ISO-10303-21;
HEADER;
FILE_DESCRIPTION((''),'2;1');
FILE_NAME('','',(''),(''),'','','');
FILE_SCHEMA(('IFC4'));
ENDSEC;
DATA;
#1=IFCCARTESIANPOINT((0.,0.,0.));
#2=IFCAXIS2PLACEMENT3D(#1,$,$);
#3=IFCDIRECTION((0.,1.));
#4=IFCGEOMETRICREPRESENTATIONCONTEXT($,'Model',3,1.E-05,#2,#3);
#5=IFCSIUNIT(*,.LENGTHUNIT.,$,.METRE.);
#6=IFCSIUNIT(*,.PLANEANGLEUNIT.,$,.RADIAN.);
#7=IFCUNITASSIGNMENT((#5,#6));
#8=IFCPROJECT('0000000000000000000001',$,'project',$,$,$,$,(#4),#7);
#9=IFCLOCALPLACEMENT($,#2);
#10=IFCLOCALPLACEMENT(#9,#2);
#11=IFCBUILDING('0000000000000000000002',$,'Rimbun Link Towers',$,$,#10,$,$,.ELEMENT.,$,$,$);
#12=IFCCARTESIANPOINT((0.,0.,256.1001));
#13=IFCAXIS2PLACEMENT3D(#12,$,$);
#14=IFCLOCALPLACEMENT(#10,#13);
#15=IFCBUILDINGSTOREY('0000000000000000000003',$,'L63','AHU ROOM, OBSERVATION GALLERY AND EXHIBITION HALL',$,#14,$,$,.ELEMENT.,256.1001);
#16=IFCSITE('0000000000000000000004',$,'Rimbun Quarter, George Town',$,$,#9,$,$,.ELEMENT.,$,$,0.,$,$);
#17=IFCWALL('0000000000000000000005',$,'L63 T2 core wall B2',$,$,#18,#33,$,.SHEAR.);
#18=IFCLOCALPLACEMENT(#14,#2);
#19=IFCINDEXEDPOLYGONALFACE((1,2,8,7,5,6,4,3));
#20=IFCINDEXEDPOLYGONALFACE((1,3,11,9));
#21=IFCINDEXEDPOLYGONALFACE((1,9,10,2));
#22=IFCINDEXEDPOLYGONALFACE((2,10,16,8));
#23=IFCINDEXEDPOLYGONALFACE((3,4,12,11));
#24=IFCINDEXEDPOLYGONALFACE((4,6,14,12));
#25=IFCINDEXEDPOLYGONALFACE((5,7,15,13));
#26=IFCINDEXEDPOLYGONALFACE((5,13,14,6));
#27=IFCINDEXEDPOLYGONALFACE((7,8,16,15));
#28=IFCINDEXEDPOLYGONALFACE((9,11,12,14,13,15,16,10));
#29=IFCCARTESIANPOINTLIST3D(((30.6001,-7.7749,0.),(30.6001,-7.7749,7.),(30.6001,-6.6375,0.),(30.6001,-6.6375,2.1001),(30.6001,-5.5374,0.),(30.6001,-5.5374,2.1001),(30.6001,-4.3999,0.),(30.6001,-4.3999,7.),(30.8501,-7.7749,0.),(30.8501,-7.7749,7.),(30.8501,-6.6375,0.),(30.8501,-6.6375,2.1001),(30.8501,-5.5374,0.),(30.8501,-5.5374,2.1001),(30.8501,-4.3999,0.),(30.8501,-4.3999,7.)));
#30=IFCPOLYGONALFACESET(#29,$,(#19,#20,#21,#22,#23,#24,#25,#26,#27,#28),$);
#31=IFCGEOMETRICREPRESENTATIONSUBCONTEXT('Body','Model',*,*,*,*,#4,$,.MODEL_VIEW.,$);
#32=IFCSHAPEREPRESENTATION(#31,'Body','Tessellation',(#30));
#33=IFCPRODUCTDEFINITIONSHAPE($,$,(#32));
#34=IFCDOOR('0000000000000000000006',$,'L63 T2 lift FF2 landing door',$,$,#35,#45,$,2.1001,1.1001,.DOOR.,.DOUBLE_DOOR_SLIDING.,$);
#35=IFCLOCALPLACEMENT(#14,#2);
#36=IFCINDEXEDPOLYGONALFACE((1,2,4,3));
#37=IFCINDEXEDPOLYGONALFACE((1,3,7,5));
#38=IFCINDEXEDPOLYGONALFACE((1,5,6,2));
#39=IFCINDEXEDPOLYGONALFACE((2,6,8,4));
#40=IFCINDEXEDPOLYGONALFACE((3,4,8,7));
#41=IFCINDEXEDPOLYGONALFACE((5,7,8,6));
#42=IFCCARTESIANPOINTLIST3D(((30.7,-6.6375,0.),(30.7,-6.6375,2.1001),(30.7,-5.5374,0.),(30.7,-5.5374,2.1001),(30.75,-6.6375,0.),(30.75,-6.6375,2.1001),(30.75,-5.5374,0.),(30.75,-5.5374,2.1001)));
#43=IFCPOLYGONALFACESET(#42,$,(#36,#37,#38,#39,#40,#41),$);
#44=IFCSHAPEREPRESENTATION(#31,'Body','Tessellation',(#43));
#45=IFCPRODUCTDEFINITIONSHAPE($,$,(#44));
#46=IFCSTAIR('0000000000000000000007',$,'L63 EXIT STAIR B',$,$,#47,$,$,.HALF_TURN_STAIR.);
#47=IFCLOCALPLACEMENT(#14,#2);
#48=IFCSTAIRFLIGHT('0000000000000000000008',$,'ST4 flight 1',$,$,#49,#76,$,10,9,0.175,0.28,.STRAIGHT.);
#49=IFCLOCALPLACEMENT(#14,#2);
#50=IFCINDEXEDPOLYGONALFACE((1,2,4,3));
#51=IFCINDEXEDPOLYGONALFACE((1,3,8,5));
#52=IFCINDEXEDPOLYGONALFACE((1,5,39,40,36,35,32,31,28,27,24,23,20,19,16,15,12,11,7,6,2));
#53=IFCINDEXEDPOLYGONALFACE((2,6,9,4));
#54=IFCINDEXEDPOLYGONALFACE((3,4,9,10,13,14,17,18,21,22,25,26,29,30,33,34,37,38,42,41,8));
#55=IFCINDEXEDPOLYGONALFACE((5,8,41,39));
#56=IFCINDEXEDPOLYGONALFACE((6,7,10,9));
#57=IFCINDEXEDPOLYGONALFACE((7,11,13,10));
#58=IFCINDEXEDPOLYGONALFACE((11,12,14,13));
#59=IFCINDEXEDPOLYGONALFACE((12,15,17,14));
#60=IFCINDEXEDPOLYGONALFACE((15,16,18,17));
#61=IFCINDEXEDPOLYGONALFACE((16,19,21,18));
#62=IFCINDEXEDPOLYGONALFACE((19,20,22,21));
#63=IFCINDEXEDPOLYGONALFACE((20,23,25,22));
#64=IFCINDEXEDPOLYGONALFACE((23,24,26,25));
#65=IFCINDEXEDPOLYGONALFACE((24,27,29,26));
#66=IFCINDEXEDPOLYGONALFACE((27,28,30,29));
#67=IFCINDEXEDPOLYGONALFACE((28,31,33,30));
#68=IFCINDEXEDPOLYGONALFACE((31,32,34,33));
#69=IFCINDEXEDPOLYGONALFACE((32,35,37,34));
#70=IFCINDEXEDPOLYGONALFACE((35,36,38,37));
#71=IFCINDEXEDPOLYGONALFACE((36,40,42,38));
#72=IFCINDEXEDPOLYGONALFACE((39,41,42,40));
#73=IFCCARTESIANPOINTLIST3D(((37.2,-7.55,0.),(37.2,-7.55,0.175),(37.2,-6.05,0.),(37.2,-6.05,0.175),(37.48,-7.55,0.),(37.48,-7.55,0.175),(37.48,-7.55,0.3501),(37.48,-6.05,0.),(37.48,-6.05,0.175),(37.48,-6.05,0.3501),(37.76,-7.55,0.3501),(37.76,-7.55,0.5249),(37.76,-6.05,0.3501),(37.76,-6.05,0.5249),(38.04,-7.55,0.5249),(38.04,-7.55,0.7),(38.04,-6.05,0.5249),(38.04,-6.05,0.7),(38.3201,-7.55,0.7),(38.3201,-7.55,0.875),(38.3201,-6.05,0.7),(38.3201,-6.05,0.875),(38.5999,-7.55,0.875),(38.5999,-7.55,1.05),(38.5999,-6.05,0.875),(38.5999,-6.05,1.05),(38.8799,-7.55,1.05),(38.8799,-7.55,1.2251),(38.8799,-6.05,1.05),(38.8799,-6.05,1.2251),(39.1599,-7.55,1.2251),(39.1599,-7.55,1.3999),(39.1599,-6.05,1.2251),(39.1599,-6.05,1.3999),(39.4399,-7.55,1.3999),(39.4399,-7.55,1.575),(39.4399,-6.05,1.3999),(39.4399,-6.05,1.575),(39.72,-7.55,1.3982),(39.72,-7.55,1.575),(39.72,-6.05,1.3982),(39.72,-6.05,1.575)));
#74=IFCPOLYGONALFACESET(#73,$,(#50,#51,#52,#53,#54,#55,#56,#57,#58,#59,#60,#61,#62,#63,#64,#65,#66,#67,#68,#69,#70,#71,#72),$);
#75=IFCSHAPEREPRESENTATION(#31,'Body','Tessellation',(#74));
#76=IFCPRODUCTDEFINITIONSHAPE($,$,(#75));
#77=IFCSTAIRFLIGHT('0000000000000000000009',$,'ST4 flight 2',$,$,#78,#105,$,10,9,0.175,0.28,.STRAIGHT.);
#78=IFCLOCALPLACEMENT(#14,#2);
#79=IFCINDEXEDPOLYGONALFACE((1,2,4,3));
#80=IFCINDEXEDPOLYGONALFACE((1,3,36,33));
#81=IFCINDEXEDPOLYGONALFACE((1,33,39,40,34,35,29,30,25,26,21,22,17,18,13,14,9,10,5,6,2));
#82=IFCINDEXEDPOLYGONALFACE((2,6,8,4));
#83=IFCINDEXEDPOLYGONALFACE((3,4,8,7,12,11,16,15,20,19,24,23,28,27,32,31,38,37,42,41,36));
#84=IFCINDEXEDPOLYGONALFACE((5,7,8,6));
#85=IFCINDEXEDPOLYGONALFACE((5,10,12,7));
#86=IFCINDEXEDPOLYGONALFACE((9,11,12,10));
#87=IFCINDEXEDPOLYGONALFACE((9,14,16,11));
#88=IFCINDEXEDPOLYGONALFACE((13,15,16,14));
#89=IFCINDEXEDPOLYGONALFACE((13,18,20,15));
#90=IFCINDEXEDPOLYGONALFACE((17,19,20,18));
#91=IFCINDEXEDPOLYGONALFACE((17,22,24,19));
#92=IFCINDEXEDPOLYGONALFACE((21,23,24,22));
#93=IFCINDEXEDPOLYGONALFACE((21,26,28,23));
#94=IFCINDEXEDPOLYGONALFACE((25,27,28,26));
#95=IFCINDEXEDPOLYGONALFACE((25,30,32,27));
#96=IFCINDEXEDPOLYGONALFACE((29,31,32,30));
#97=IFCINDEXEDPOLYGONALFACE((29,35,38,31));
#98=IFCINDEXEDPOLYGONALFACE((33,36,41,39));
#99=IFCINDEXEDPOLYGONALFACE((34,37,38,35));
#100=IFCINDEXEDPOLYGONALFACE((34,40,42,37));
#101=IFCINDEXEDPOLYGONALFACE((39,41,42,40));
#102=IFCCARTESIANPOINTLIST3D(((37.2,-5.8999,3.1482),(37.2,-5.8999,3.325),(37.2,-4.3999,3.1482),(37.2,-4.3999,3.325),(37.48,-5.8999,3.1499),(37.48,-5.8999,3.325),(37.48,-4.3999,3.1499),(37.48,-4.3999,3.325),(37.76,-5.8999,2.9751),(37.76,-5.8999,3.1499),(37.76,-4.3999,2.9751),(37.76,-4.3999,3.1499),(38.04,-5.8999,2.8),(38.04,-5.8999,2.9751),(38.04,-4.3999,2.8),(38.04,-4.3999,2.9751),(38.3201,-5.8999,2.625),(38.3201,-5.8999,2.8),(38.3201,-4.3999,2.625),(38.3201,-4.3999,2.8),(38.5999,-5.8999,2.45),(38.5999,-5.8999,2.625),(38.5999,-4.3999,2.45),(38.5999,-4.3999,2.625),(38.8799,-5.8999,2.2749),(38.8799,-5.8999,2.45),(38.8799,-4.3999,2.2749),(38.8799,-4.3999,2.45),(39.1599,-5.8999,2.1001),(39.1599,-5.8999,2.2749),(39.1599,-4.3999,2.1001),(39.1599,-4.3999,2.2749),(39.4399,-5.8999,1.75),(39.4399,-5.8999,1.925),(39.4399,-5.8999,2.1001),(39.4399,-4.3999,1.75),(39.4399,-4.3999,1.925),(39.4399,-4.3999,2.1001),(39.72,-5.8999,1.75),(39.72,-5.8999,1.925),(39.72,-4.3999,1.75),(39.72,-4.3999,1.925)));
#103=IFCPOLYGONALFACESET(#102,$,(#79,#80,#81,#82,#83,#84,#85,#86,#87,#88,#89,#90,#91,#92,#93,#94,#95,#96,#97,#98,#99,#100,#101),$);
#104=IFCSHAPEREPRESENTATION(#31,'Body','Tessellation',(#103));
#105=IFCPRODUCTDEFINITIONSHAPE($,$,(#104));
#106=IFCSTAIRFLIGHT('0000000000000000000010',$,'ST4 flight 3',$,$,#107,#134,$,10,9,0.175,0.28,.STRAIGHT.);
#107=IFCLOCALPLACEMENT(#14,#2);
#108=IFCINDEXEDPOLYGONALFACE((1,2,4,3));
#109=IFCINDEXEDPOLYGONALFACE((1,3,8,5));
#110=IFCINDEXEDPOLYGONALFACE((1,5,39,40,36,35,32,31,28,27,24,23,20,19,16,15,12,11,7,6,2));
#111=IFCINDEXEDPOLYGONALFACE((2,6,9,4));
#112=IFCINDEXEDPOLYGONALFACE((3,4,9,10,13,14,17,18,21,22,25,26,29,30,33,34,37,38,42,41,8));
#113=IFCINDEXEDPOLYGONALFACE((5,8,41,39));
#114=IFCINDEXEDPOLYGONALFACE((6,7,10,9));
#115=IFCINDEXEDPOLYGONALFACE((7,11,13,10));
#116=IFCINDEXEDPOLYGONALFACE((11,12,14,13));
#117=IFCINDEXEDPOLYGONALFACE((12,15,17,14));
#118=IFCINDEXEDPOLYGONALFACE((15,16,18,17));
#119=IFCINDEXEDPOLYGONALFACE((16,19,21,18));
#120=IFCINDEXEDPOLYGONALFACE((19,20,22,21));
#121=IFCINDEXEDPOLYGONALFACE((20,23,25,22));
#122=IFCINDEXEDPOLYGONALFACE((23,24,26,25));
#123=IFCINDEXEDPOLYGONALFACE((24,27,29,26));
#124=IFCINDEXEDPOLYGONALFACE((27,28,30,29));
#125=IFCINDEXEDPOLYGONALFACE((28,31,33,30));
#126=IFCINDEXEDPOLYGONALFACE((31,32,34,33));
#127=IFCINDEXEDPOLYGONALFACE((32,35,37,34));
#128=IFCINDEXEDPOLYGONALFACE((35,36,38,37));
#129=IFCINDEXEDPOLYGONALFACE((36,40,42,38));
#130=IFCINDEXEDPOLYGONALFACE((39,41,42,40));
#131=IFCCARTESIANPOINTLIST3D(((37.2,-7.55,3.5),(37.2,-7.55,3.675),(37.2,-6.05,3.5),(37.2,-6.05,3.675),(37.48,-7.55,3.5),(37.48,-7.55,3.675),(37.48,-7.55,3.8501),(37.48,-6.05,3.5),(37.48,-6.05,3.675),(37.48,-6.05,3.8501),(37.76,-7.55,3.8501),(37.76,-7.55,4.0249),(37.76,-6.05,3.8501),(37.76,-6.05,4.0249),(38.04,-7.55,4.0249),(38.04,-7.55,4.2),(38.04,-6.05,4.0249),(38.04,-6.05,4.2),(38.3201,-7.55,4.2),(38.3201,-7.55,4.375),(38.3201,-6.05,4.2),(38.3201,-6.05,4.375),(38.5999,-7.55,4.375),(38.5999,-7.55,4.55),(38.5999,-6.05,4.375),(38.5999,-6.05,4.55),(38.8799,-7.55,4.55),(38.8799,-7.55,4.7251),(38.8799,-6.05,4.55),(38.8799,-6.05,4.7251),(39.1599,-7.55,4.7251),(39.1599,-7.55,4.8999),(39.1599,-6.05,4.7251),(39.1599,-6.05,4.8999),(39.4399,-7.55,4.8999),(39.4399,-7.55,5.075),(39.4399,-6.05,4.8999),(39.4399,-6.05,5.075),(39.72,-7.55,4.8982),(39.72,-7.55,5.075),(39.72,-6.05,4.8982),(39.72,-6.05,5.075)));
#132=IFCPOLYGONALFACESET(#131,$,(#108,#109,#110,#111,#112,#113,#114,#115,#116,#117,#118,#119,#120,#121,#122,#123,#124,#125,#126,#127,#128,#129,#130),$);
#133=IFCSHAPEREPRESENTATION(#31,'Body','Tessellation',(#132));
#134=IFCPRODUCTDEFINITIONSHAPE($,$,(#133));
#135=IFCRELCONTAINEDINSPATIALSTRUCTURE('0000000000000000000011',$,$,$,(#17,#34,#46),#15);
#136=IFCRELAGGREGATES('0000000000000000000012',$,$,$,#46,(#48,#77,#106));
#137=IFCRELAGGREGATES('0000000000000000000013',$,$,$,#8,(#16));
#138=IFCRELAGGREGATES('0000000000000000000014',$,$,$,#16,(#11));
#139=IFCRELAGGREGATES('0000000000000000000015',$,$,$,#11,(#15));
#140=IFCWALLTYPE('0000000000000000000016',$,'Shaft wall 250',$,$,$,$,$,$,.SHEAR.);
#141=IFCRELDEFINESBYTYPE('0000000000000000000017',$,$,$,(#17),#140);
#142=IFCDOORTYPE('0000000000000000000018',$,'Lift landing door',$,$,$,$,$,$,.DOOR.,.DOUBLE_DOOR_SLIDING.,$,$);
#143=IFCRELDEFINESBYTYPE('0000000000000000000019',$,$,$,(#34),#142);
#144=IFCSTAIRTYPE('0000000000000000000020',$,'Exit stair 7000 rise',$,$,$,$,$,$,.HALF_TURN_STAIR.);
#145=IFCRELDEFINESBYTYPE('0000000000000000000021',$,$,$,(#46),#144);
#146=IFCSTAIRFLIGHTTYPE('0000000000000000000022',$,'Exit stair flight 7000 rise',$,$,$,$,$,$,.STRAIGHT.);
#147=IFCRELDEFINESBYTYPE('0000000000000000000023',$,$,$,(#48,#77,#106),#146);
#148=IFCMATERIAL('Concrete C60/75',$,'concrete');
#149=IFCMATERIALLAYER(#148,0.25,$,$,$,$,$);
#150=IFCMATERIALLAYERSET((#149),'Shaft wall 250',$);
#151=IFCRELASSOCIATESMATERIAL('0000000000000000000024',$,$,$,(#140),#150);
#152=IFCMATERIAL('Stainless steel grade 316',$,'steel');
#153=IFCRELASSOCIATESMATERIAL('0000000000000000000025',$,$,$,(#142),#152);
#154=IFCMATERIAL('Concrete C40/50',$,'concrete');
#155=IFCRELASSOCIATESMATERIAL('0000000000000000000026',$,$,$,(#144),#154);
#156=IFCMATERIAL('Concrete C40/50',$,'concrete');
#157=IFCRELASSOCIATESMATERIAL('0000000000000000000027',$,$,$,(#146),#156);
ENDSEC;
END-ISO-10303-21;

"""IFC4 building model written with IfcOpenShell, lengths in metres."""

from ifc_helpers import new_model, si_unit, direction, frame, frame_2d, origin, place, context, subcontext, project, spatial, polyline, rectangle, outline, extrude, material, layer, layer_set, type_object, element, fill, aggregate, save


model = new_model("IFC4")

# Units and contexts
model_context = context("Model", 3, precision=1e-05, world=origin(), true_north=direction((0.0, 1.0)))
body_context = subcontext(model_context, "Body", "Model", "MODEL_VIEW")
ifc_project = project(units=[si_unit("LENGTHUNIT", "METRE"), si_unit("PLANEANGLEUNIT", "RADIAN")], contexts=[model_context])

# Site, building, storey
site_placement = place(None, origin())
site = spatial("IfcSite", under=ifc_project, at=site_placement, Name="Rimbun Quarter, George Town", CompositionType="ELEMENT", RefElevation=0.0)
building_placement = place(site_placement, origin())
building = spatial("IfcBuilding", under=site, at=building_placement, Name="Rimbun Link Towers", CompositionType="ELEMENT")
storey_placement = place(building_placement, frame((0.0, 0.0, 256.1001)))
storey = spatial("IfcBuildingStorey", under=building, at=storey_placement, Name="L63", Description="AHU ROOM, OBSERVATION GALLERY AND EXHIBITION HALL", CompositionType="ELEMENT", Elevation=256.1001)

# Wall, opening, door
ifc_material_1 = material(Name="Concrete C60/75", Category="concrete")
ifc_layer = layer(ifc_material_1, 0.25)
ifc_layer_set = layer_set([ifc_layer], Name="Shaft wall 250")
wall_type = type_object("IfcWallType", Name="Shaft wall 250", PredefinedType="SHEAR", material=ifc_layer_set)
wall_1_placement = place(storey_placement, frame((30.7251, -4.3999, 0.0), z_axis=(0.0, 0.0, 1.0), x_axis=(0.0, -1.0, 0.0)))
wall_1 = element("IfcWall", 1, at=wall_1_placement, inside=storey, type_object=wall_type, Name="L63 T2 core wall B2", PredefinedType="SHEAR", context=body_context, shape_type="SweptSolid", body=[
    extrude(rectangle(XDim=3.375, YDim=0.25, at=frame_2d((1.6875, 0.0))), origin(), (0.0, 0.0, 1.0), 7.0),
])
opening_1_placement = place(wall_1_placement, frame((1.1375, 0.0, 0.0)))
opening_1 = element("IfcOpeningElement", 2, at=opening_1_placement, cuts=wall_1, PredefinedType="OPENING", context=body_context, shape_type="SweptSolid", body=[
    extrude(rectangle(XDim=1.1001, YDim=2.1001, at=frame_2d((0.55, 1.05))), frame((0.0, 0.135, 0.0), z_axis=(0.0, -1.0, 0.0), x_axis=(1.0, 0.0, 0.0)), (0.0, 0.0, 1.0), 0.27),
])
ifc_material_2 = material(Name="Stainless steel grade 316", Category="steel")
door_type_1 = type_object("IfcDoorType", Name="Lift landing door", OperationType="DOUBLE_DOOR_SLIDING", PredefinedType="DOOR", material=ifc_material_2)
door_1_placement = place(opening_1_placement, origin())
door_1 = element("IfcDoor", 3, at=door_1_placement, inside=storey, type_object=door_type_1, Name="L63 T2 lift FF2 landing door", OperationType="DOUBLE_DOOR_SLIDING", OverallHeight=2.1001, OverallWidth=1.1001, PredefinedType="DOOR", context=body_context, shape_type="SweptSolid", body=[
    extrude(rectangle(XDim=1.1001, YDim=2.1001, at=frame_2d((0.55, 1.05))), frame((0.0, 0.0249, 0.0), z_axis=(0.0, -1.0, 0.0), x_axis=(1.0, 0.0, 0.0)), (0.0, 0.0, 1.0), 0.05),
])
fill(opening_1, door_1)

# Stair, stair flights
ifc_material_3 = material(Name="Concrete C40/50", Category="concrete")
stair_type = type_object("IfcStairType", Name="Exit stair 7000 rise", PredefinedType="HALF_TURN_STAIR", material=ifc_material_3)
stair_placement = place(storey_placement, origin())
stair = element("IfcStair", 4, at=stair_placement, inside=storey, type_object=stair_type, Name="L63 EXIT STAIR B", PredefinedType="HALF_TURN_STAIR")
ifc_material_4 = material(Name="Concrete C40/50", Category="concrete")
stair_flight_type = type_object("IfcStairFlightType", Name="Exit stair flight 7000 rise", PredefinedType="STRAIGHT", material=ifc_material_4)
stair_flight_1_placement = place(storey_placement, frame((37.2, -6.8, 0.0), z_axis=(0.0, 0.0, 1.0), x_axis=(1.0, 0.0, 0.0)))
stair_flight_1 = element("IfcStairFlight", 5, at=stair_flight_1_placement, type_object=stair_flight_type, Name="ST4 flight 1", NumberOfRisers=10, NumberOfTreads=9, PredefinedType="STRAIGHT", RiserHeight=0.175, TreadLength=0.28, context=body_context, shape_type="SweptSolid", body=[
    extrude(outline(polyline([(0.0, 0.0), (0.0, 0.175), (0.28, 0.175), (0.28, 0.3501), (0.5601, 0.3501), (0.5601, 0.5249), (0.8401, 0.5249), (0.8401, 0.7), (1.1201, 0.7), (1.1201, 0.875), (1.3999, 0.875), (1.3999, 1.05), (1.6799, 1.05), (1.6799, 1.2251), (1.96, 1.2251), (1.96, 1.3999), (2.24, 1.3999), (2.24, 1.575), (2.52, 1.575), (2.52, 1.75), (2.52, 1.3982), (0.28, 0.0), (0.0, 0.0)])), frame((0.0, 0.75, 0.0), z_axis=(0.0, -1.0, 0.0), x_axis=(1.0, 0.0, 0.0)), (0.0, 0.0, 1.0), 1.5),
])
stair_flight_2_placement = place(storey_placement, frame((39.72, -5.1499, 1.75), z_axis=(0.0, 0.0, 1.0), x_axis=(-1.0, 0.0, 0.0)))
stair_flight_2 = element("IfcStairFlight", 6, at=stair_flight_2_placement, type_object=stair_flight_type, Name="ST4 flight 2", NumberOfRisers=10, NumberOfTreads=9, PredefinedType="STRAIGHT", RiserHeight=0.175, TreadLength=0.28, context=body_context, shape_type="SweptSolid", body=[
    extrude(outline(polyline([(0.0, 0.0), (0.0, 0.175), (0.28, 0.175), (0.28, 0.3501), (0.5601, 0.3501), (0.5601, 0.5249), (0.8401, 0.5249), (0.8401, 0.7), (1.1201, 0.7), (1.1201, 0.875), (1.3999, 0.875), (1.3999, 1.05), (1.6799, 1.05), (1.6799, 1.2251), (1.96, 1.2251), (1.96, 1.3999), (2.24, 1.3999), (2.24, 1.575), (2.52, 1.575), (2.52, 1.75), (2.52, 1.3982), (0.28, 0.0), (0.0, 0.0)])), frame((0.0, 0.75, 0.0), z_axis=(0.0, -1.0, 0.0), x_axis=(1.0, 0.0, 0.0)), (0.0, 0.0, 1.0), 1.5),
])
stair_flight_3_placement = place(storey_placement, frame((37.2, -6.8, 3.5), z_axis=(0.0, 0.0, 1.0), x_axis=(1.0, 0.0, 0.0)))
stair_flight_3 = element("IfcStairFlight", 7, at=stair_flight_3_placement, type_object=stair_flight_type, Name="ST4 flight 3", NumberOfRisers=10, NumberOfTreads=9, PredefinedType="STRAIGHT", RiserHeight=0.175, TreadLength=0.28, context=body_context, shape_type="SweptSolid", body=[
    extrude(outline(polyline([(0.0, 0.0), (0.0, 0.175), (0.28, 0.175), (0.28, 0.3501), (0.5601, 0.3501), (0.5601, 0.5249), (0.8401, 0.5249), (0.8401, 0.7), (1.1201, 0.7), (1.1201, 0.875), (1.3999, 0.875), (1.3999, 1.05), (1.6799, 1.05), (1.6799, 1.2251), (1.96, 1.2251), (1.96, 1.3999), (2.24, 1.3999), (2.24, 1.575), (2.52, 1.575), (2.52, 1.75), (2.52, 1.3982), (0.28, 0.0), (0.0, 0.0)])), frame((0.0, 0.75, 0.0), z_axis=(0.0, -1.0, 0.0), x_axis=(1.0, 0.0, 0.0)), (0.0, 0.0, 1.0), 1.5),
])
aggregate(stair, [stair_flight_1, stair_flight_2, stair_flight_3])

save(model, "model.ifc")
